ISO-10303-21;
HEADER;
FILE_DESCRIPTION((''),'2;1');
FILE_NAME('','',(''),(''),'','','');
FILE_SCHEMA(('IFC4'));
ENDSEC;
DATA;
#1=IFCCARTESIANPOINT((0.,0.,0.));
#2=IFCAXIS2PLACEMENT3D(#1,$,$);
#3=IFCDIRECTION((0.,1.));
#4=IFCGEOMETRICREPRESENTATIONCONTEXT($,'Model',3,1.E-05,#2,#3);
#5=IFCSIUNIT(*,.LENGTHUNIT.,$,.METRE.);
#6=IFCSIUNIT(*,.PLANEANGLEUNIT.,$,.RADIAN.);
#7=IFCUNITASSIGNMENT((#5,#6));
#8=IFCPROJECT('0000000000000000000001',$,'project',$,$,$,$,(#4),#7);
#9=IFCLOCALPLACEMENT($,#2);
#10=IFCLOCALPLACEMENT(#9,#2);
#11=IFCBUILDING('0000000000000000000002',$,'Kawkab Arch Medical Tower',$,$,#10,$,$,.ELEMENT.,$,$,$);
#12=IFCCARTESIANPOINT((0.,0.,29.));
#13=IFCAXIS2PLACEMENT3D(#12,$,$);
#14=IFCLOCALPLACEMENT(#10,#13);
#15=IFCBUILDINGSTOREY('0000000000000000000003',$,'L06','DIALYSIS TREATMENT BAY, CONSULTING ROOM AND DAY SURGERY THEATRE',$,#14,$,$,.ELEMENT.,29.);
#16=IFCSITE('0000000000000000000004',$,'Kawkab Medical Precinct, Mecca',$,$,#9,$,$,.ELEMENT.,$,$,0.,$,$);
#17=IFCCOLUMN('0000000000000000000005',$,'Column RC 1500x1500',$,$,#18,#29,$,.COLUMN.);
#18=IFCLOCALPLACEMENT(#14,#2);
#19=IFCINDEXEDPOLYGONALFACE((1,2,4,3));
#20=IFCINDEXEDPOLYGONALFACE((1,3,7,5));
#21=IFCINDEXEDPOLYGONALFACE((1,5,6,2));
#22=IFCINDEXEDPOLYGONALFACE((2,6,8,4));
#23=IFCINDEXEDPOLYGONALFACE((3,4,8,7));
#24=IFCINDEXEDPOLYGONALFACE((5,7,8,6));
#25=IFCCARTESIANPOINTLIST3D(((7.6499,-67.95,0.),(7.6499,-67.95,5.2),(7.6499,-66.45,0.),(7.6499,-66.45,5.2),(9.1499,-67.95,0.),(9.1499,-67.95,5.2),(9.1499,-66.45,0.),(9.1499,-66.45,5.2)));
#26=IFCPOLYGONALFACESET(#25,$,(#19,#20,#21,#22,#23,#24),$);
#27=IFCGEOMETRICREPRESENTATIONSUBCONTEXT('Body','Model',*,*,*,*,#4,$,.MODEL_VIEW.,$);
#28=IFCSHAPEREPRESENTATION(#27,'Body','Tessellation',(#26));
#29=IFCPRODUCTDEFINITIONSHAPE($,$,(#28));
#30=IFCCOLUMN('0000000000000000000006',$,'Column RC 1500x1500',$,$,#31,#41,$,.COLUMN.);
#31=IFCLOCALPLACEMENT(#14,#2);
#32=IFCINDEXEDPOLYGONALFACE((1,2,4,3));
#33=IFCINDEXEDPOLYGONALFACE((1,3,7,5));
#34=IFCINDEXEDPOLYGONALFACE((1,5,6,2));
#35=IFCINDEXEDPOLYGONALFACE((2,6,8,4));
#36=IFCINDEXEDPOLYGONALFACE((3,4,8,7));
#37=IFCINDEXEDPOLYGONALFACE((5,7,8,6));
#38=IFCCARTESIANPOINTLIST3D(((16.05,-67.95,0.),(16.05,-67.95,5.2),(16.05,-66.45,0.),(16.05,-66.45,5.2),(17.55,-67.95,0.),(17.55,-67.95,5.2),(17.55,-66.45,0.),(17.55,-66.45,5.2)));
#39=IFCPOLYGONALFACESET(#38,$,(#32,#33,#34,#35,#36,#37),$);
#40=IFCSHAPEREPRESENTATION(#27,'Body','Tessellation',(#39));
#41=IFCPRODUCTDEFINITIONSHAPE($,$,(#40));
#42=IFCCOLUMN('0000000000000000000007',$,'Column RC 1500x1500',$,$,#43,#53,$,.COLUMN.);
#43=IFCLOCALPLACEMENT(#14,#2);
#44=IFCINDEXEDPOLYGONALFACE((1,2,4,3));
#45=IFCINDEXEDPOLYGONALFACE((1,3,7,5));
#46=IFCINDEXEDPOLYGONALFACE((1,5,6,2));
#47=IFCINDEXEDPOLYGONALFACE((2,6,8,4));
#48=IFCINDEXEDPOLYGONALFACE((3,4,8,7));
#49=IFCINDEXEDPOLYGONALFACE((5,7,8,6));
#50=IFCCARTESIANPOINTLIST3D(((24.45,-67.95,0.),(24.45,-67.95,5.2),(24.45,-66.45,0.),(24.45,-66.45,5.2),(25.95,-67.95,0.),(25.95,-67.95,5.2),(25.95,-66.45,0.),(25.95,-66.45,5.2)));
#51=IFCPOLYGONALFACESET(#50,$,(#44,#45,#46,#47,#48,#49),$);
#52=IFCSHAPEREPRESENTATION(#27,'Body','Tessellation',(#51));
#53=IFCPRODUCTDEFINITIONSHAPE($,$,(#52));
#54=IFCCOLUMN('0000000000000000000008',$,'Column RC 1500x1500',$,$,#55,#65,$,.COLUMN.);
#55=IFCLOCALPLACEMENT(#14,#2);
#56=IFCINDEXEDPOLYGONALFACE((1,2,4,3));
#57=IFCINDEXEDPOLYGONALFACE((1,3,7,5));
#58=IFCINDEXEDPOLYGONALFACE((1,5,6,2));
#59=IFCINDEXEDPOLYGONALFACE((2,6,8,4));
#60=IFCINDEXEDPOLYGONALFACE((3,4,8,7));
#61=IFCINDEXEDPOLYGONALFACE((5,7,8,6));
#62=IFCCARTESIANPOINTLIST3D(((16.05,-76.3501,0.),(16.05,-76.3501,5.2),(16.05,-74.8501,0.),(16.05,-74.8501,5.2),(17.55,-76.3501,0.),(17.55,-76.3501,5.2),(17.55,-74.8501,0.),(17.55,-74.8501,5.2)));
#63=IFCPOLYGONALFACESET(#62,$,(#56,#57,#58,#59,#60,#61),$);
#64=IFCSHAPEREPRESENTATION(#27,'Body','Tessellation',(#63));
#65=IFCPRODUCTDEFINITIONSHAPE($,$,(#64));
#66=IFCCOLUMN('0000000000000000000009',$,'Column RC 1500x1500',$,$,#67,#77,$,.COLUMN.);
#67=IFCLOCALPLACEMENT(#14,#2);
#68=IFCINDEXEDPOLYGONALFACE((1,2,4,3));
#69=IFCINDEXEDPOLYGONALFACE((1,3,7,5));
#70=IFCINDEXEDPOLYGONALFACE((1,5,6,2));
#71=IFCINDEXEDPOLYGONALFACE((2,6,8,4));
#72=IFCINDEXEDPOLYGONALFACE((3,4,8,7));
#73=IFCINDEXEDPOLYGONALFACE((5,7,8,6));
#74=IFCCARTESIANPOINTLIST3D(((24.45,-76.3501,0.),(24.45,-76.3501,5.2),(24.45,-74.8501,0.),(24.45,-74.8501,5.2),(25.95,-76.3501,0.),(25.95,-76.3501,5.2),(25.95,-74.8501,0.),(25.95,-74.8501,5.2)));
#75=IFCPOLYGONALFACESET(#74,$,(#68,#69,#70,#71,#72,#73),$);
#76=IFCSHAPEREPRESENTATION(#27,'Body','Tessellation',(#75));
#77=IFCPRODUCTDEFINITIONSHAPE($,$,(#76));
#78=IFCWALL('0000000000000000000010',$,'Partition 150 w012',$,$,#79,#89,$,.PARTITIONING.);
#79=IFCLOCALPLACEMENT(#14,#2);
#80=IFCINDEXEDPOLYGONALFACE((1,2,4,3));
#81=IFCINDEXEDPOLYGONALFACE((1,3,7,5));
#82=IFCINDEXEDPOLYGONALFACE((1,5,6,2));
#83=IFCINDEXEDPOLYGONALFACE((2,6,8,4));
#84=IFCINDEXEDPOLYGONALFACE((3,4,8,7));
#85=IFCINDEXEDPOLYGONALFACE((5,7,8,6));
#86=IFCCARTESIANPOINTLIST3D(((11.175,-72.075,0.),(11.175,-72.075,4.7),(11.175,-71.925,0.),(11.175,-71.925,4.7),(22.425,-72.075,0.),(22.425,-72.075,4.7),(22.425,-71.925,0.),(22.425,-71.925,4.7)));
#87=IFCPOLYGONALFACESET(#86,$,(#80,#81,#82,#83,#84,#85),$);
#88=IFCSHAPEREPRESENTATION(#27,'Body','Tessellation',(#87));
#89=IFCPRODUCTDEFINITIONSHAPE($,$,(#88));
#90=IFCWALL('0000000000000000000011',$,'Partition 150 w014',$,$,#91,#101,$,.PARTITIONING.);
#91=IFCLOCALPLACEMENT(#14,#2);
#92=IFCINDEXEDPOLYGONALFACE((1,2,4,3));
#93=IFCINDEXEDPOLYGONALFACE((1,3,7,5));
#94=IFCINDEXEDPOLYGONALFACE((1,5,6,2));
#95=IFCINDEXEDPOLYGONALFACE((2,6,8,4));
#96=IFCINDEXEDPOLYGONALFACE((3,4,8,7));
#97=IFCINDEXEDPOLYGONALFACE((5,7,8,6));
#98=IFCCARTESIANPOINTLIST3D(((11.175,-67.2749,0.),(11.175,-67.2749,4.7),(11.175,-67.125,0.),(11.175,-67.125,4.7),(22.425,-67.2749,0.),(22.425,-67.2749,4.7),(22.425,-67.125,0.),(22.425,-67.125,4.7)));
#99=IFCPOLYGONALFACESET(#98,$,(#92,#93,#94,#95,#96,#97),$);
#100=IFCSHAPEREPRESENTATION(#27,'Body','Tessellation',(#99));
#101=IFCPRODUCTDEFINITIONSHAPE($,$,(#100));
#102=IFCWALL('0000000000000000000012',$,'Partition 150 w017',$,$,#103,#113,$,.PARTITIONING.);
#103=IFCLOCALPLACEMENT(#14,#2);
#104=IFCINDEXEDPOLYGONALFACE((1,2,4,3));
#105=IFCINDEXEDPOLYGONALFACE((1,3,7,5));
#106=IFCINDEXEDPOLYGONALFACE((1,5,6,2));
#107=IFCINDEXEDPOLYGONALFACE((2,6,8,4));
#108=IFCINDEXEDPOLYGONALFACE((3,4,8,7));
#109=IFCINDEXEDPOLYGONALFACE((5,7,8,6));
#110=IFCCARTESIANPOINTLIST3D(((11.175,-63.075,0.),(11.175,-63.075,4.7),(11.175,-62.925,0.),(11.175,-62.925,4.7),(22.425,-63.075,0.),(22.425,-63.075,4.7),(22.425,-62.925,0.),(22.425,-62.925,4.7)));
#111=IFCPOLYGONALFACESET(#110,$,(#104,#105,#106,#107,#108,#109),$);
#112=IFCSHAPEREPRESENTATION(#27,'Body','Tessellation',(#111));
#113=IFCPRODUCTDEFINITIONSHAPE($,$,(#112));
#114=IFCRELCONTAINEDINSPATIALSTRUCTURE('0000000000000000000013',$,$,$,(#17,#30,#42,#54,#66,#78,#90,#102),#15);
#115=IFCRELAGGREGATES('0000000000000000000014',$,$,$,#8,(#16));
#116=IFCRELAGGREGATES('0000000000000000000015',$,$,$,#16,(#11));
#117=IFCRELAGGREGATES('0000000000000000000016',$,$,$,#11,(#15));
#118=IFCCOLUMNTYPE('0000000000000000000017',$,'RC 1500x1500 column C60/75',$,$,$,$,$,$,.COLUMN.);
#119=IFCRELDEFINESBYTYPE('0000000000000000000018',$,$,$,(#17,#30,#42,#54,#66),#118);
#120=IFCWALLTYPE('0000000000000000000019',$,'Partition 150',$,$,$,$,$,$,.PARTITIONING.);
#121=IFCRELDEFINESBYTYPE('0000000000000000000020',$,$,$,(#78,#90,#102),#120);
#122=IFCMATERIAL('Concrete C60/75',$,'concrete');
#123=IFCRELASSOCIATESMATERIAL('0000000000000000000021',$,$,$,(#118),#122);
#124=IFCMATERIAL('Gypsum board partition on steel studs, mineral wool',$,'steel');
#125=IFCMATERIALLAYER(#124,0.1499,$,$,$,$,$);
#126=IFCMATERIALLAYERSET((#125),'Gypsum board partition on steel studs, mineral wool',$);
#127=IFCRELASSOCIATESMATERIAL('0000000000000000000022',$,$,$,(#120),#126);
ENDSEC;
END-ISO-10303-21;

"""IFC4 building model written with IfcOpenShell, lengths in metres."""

from ifc_helpers import new_model, si_unit, direction, frame, frame_2d, origin, origin_2d, place, context, subcontext, project, spatial, rectangle, extrude, material, layer, layer_set, material_profile, profile_set, type_object, element, save


model = new_model("IFC4")

# Units and contexts
model_context = context("Model", 3, precision=1e-05, world=origin(), true_north=direction((0.0, 1.0)))
body_context = subcontext(model_context, "Body", "Model", "MODEL_VIEW")
ifc_project = project(units=[si_unit("LENGTHUNIT", "METRE"), si_unit("PLANEANGLEUNIT", "RADIAN")], contexts=[model_context])

# Site, building, storey
site_placement = place(None, origin())
site = spatial("IfcSite", under=ifc_project, at=site_placement, Name="Kawkab Medical Precinct, Mecca", CompositionType="ELEMENT", RefElevation=0.0)
building_placement = place(site_placement, origin())
building = spatial("IfcBuilding", under=site, at=building_placement, Name="Kawkab Arch Medical Tower", CompositionType="ELEMENT")
storey_placement = place(building_placement, frame((0.0, 0.0, 29.0)))
storey = spatial("IfcBuildingStorey", under=building, at=storey_placement, Name="L06", Description="DIALYSIS TREATMENT BAY, CONSULTING ROOM AND DAY SURGERY THEATRE", CompositionType="ELEMENT", Elevation=29.0)

# Columns
ifc_material_1 = material(Name="Concrete C60/75", Category="concrete")
ifc_material_profile = material_profile(ifc_material_1, rectangle(XDim=1.5, YDim=1.5, at=origin_2d()), Name="RC 1500x1500")
ifc_profile_set = profile_set([ifc_material_profile], Name="Concrete C60/75")
column_type = type_object("IfcColumnType", Name="RC 1500x1500 column C60/75", PredefinedType="COLUMN", material=ifc_profile_set)
for number, where, z_axis, x_axis, name in (
    (1, (8.3999, -67.2, 0.0), (0.0, 0.0, 1.0), (1.0, 0.0, 0.0), "Column RC 1500x1500"),
    (2, (16.8, -67.2, 0.0), (0.0, 0.0, 1.0), (1.0, 0.0, 0.0), "Column RC 1500x1500"),
    (3, (25.2, -67.2, 0.0), (0.0, 0.0, 1.0), (1.0, 0.0, 0.0), "Column RC 1500x1500"),
    (4, (16.8, -75.6001, 0.0), (0.0, 0.0, 1.0), (1.0, 0.0, 0.0), "Column RC 1500x1500"),
    (5, (25.2, -75.6001, 0.0), (0.0, 0.0, 1.0), (1.0, 0.0, 0.0), "Column RC 1500x1500"),
):
    element("IfcColumn", number, at=place(storey_placement, frame(where, z_axis=z_axis, x_axis=x_axis)), inside=storey, type_object=column_type, Name=name, PredefinedType="COLUMN", context=body_context, shape_type="SweptSolid", body=[
        extrude(rectangle(XDim=1.5, YDim=1.5, at=origin_2d()), origin(), (0.0, 0.0, 1.0), 5.2),
    ])

# Walls
ifc_material_2 = material(Name="Gypsum board partition on steel studs, mineral wool", Category="steel")
ifc_layer_1 = layer(ifc_material_2, 0.1499)
ifc_layer_set_1 = layer_set([ifc_layer_1], Name="Gypsum board partition on steel studs, mineral wool")
wall_type_1 = type_object("IfcWallType", Name="Partition 150", PredefinedType="PARTITIONING", material=ifc_layer_set_1)
for number, where, z_axis, x_axis, name in (
    (6, (11.175, -72.0, 0.0), (0.0, 0.0, 1.0), (1.0, 0.0, 0.0), "Partition 150 w012"),
    (7, (11.175, -67.2, 0.0), (0.0, 0.0, 1.0), (1.0, 0.0, 0.0), "Partition 150 w014"),
    (8, (11.175, -63.0, 0.0), (0.0, 0.0, 1.0), (1.0, 0.0, 0.0), "Partition 150 w017"),
):
    element("IfcWall", number, at=place(storey_placement, frame(where, z_axis=z_axis, x_axis=x_axis)), inside=storey, type_object=wall_type_1, Name=name, PredefinedType="PARTITIONING", context=body_context, shape_type="SweptSolid", body=[
        extrude(rectangle(XDim=11.25, YDim=0.1499, at=frame_2d((5.625, 0.0))), origin(), (0.0, 0.0, 1.0), 4.7),
    ])

save(model, "model.ifc")
